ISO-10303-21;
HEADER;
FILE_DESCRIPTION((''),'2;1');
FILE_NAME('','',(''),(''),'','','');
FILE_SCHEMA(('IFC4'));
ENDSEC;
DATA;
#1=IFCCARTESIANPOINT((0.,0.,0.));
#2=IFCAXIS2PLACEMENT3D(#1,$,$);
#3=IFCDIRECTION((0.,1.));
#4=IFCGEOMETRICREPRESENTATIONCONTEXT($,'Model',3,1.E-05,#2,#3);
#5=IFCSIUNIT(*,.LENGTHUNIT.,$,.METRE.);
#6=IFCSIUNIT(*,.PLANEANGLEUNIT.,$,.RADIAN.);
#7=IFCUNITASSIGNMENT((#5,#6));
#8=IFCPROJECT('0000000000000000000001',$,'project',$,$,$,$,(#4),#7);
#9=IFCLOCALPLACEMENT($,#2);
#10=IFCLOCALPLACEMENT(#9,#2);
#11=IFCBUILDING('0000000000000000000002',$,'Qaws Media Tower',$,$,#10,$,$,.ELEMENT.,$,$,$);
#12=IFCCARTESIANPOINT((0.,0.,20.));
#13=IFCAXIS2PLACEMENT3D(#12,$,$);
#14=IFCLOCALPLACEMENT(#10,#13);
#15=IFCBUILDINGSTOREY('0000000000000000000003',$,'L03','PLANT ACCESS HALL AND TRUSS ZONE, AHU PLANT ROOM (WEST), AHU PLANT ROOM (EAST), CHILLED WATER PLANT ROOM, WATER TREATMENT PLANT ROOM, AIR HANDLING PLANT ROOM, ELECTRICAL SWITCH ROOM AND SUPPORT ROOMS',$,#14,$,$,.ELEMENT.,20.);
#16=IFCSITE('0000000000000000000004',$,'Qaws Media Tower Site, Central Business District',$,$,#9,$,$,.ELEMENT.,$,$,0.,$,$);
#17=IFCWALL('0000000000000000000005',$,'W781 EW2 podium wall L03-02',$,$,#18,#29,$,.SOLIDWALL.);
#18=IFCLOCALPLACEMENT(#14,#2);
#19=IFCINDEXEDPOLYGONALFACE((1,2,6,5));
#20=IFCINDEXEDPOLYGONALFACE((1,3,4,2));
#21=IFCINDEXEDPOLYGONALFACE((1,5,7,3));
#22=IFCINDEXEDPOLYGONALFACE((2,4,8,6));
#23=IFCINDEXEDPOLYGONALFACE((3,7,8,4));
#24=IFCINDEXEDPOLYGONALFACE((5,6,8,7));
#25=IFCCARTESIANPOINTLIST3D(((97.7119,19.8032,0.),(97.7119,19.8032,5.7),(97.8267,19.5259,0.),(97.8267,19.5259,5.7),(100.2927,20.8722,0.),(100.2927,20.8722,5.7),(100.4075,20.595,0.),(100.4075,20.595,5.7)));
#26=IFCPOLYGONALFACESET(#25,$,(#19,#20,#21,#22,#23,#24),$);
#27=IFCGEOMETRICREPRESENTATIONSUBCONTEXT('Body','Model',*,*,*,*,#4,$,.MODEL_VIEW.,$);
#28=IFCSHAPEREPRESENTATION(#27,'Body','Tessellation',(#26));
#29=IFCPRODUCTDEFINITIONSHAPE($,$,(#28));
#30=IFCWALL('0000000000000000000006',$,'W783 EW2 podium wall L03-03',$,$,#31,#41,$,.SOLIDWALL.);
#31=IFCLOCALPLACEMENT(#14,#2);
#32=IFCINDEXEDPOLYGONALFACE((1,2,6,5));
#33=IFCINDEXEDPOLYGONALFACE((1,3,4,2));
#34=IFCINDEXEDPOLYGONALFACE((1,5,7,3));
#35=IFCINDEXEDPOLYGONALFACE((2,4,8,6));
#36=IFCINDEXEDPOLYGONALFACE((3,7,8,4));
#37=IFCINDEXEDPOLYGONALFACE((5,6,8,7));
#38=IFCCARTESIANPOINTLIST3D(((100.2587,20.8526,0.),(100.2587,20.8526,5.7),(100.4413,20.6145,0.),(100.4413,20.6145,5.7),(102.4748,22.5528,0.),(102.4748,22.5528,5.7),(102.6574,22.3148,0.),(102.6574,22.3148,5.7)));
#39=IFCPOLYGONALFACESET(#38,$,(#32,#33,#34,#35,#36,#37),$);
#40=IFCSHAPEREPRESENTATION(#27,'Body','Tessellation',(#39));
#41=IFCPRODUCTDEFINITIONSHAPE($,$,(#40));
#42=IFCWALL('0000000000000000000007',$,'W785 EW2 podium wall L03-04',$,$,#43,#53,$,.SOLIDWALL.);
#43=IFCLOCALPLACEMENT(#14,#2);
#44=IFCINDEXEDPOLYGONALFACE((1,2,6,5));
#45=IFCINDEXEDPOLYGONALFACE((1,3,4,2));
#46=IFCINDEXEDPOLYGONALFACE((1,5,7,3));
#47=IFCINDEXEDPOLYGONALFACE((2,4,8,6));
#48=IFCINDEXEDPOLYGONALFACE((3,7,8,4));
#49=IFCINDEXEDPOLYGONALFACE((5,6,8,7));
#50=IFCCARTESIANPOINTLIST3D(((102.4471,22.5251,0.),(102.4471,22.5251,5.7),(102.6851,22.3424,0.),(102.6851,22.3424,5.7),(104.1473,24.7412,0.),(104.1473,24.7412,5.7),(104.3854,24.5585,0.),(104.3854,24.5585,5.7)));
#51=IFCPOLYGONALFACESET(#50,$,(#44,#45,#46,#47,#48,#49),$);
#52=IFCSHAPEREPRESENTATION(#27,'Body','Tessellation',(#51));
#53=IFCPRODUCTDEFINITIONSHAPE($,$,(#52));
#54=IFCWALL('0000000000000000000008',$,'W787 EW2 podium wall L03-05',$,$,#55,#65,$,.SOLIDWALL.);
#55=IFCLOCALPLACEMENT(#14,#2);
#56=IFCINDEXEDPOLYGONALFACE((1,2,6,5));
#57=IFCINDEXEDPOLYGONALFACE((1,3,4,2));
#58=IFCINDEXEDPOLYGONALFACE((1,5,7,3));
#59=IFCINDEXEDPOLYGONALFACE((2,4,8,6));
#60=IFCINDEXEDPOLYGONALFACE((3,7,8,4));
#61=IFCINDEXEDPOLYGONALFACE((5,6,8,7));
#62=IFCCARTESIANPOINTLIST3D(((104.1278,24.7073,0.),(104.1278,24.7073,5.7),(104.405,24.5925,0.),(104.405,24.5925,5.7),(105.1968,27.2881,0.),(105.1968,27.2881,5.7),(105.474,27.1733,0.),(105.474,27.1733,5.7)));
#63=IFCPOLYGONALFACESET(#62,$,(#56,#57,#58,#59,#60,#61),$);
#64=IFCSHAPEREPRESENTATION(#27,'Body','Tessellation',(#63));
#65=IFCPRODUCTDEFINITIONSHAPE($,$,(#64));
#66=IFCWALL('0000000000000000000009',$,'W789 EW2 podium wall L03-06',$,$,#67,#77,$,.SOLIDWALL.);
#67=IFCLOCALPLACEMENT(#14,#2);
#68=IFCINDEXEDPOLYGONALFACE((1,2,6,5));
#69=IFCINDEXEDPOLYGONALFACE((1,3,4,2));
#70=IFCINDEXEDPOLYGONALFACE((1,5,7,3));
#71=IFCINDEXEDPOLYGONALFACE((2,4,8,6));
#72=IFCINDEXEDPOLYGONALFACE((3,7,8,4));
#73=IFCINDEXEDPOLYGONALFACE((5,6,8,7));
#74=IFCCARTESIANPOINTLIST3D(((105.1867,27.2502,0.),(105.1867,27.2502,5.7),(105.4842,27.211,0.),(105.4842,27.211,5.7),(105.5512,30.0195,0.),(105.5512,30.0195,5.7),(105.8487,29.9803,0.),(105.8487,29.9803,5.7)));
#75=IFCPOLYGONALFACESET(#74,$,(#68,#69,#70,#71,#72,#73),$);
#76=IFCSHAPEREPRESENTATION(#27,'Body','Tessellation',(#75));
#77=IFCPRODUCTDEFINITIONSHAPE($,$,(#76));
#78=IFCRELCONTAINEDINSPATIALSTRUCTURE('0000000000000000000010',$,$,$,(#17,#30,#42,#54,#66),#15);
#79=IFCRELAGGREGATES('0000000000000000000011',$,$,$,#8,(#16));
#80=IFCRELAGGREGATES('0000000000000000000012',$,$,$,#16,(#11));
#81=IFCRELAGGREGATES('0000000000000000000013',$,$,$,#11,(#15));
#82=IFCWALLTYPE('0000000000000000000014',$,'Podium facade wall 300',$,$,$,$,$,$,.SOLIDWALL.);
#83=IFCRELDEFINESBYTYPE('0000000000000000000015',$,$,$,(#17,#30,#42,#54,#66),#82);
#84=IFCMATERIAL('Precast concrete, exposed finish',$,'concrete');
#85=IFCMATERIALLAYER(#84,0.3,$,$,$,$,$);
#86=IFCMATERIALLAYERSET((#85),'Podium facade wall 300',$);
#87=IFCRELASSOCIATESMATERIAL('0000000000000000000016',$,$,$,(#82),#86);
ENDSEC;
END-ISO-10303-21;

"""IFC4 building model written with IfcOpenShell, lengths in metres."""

from ifc_helpers import new_model, si_unit, direction, frame, frame_2d, origin, place, context, subcontext, project, spatial, rectangle, extrude, material, layer, layer_set, type_object, element, save


model = new_model("IFC4")

# Units and contexts
model_context = context("Model", 3, precision=1e-05, world=origin(), true_north=direction((0.0, 1.0)))
body_context = subcontext(model_context, "Body", "Model", "MODEL_VIEW")
ifc_project = project(units=[si_unit("LENGTHUNIT", "METRE"), si_unit("PLANEANGLEUNIT", "RADIAN")], contexts=[model_context])

# Site, building, storey
site_placement = place(None, origin())
site = spatial("IfcSite", under=ifc_project, at=site_placement, Name="Qaws Media Tower Site, Central Business District", CompositionType="ELEMENT", RefElevation=0.0)
building_placement = place(site_placement, origin())
building = spatial("IfcBuilding", under=site, at=building_placement, Name="Qaws Media Tower", CompositionType="ELEMENT")
storey_placement = place(building_placement, frame((0.0, 0.0, 20.0)))
storey = spatial("IfcBuildingStorey", under=building, at=storey_placement, Name="L03", Description="PLANT ACCESS HALL AND TRUSS ZONE, AHU PLANT ROOM (WEST), AHU PLANT ROOM (EAST), CHILLED WATER PLANT ROOM, WATER TREATMENT PLANT ROOM, AIR HANDLING PLANT ROOM, ELECTRICAL SWITCH ROOM AND SUPPORT ROOMS", CompositionType="ELEMENT", Elevation=20.0)

# Walls
ifc_material_1 = material(Name="Precast concrete, exposed finish", Category="concrete")
ifc_layer = layer(ifc_material_1, 0.3)
ifc_layer_set = layer_set([ifc_layer], Name="Podium facade wall 300")
wall_type = type_object("IfcWallType", Name="Podium facade wall 300", PredefinedType="SOLIDWALL", material=ifc_layer_set)
wall_1_placement = place(storey_placement, frame((97.7693, 19.6646, 0.0), z_axis=(0.0, 0.0, 1.0), x_axis=(0.923869, 0.382709, 0.0)))
element("IfcWall", 1, at=wall_1_placement, inside=storey, type_object=wall_type, Name="W781 EW2 podium wall L03-02", PredefinedType="SOLIDWALL", context=body_context, shape_type="SweptSolid", body=[
    extrude(rectangle(XDim=2.7935, YDim=0.3, at=frame_2d((1.3967, 0.0))), origin(), (0.0, 0.0, 1.0), 5.7),
])
for number, where, z_axis, x_axis, name in (
    (2, (100.3501, 20.7336, 0.0), (0.0, 0.0, 1.0), (0.793397, 0.608705, 0.0), "W783 EW2 podium wall L03-03"),
    (3, (102.5662, 22.4338, 0.0), (0.0, 0.0, 1.0), (0.608705, 0.793397, 0.0), "W785 EW2 podium wall L03-04"),
):
    element("IfcWall", number, at=place(storey_placement, frame(where, z_axis=z_axis, x_axis=x_axis)), inside=storey, type_object=wall_type, Name=name, PredefinedType="SOLIDWALL", context=body_context, shape_type="SweptSolid", body=[
        extrude(rectangle(XDim=2.7932, YDim=0.3, at=frame_2d((1.3965, 0.0))), origin(), (0.0, 0.0, 1.0), 5.7),
    ])
wall_2_placement = place(storey_placement, frame((104.2664, 24.6499, 0.0), z_axis=(0.0, 0.0, 1.0), x_axis=(0.382709, 0.923869, 0.0)))
element("IfcWall", 4, at=wall_2_placement, inside=storey, type_object=wall_type, Name="W787 EW2 podium wall L03-05", PredefinedType="SOLIDWALL", context=body_context, shape_type="SweptSolid", body=[
    extrude(rectangle(XDim=2.7935, YDim=0.3, at=frame_2d((1.3967, 0.0))), origin(), (0.0, 0.0, 1.0), 5.7),
])
wall_3_placement = place(storey_placement, frame((105.3354, 27.2307, 0.0), z_axis=(0.0, 0.0, 1.0), x_axis=(0.130497, 0.991449, 0.0)))
element("IfcWall", 5, at=wall_3_placement, inside=storey, type_object=wall_type, Name="W789 EW2 podium wall L03-06", PredefinedType="SOLIDWALL", context=body_context, shape_type="SweptSolid", body=[
    extrude(rectangle(XDim=2.7932, YDim=0.3, at=frame_2d((1.3965, 0.0))), origin(), (0.0, 0.0, 1.0), 5.7),
])

save(model, "model.ifc")
